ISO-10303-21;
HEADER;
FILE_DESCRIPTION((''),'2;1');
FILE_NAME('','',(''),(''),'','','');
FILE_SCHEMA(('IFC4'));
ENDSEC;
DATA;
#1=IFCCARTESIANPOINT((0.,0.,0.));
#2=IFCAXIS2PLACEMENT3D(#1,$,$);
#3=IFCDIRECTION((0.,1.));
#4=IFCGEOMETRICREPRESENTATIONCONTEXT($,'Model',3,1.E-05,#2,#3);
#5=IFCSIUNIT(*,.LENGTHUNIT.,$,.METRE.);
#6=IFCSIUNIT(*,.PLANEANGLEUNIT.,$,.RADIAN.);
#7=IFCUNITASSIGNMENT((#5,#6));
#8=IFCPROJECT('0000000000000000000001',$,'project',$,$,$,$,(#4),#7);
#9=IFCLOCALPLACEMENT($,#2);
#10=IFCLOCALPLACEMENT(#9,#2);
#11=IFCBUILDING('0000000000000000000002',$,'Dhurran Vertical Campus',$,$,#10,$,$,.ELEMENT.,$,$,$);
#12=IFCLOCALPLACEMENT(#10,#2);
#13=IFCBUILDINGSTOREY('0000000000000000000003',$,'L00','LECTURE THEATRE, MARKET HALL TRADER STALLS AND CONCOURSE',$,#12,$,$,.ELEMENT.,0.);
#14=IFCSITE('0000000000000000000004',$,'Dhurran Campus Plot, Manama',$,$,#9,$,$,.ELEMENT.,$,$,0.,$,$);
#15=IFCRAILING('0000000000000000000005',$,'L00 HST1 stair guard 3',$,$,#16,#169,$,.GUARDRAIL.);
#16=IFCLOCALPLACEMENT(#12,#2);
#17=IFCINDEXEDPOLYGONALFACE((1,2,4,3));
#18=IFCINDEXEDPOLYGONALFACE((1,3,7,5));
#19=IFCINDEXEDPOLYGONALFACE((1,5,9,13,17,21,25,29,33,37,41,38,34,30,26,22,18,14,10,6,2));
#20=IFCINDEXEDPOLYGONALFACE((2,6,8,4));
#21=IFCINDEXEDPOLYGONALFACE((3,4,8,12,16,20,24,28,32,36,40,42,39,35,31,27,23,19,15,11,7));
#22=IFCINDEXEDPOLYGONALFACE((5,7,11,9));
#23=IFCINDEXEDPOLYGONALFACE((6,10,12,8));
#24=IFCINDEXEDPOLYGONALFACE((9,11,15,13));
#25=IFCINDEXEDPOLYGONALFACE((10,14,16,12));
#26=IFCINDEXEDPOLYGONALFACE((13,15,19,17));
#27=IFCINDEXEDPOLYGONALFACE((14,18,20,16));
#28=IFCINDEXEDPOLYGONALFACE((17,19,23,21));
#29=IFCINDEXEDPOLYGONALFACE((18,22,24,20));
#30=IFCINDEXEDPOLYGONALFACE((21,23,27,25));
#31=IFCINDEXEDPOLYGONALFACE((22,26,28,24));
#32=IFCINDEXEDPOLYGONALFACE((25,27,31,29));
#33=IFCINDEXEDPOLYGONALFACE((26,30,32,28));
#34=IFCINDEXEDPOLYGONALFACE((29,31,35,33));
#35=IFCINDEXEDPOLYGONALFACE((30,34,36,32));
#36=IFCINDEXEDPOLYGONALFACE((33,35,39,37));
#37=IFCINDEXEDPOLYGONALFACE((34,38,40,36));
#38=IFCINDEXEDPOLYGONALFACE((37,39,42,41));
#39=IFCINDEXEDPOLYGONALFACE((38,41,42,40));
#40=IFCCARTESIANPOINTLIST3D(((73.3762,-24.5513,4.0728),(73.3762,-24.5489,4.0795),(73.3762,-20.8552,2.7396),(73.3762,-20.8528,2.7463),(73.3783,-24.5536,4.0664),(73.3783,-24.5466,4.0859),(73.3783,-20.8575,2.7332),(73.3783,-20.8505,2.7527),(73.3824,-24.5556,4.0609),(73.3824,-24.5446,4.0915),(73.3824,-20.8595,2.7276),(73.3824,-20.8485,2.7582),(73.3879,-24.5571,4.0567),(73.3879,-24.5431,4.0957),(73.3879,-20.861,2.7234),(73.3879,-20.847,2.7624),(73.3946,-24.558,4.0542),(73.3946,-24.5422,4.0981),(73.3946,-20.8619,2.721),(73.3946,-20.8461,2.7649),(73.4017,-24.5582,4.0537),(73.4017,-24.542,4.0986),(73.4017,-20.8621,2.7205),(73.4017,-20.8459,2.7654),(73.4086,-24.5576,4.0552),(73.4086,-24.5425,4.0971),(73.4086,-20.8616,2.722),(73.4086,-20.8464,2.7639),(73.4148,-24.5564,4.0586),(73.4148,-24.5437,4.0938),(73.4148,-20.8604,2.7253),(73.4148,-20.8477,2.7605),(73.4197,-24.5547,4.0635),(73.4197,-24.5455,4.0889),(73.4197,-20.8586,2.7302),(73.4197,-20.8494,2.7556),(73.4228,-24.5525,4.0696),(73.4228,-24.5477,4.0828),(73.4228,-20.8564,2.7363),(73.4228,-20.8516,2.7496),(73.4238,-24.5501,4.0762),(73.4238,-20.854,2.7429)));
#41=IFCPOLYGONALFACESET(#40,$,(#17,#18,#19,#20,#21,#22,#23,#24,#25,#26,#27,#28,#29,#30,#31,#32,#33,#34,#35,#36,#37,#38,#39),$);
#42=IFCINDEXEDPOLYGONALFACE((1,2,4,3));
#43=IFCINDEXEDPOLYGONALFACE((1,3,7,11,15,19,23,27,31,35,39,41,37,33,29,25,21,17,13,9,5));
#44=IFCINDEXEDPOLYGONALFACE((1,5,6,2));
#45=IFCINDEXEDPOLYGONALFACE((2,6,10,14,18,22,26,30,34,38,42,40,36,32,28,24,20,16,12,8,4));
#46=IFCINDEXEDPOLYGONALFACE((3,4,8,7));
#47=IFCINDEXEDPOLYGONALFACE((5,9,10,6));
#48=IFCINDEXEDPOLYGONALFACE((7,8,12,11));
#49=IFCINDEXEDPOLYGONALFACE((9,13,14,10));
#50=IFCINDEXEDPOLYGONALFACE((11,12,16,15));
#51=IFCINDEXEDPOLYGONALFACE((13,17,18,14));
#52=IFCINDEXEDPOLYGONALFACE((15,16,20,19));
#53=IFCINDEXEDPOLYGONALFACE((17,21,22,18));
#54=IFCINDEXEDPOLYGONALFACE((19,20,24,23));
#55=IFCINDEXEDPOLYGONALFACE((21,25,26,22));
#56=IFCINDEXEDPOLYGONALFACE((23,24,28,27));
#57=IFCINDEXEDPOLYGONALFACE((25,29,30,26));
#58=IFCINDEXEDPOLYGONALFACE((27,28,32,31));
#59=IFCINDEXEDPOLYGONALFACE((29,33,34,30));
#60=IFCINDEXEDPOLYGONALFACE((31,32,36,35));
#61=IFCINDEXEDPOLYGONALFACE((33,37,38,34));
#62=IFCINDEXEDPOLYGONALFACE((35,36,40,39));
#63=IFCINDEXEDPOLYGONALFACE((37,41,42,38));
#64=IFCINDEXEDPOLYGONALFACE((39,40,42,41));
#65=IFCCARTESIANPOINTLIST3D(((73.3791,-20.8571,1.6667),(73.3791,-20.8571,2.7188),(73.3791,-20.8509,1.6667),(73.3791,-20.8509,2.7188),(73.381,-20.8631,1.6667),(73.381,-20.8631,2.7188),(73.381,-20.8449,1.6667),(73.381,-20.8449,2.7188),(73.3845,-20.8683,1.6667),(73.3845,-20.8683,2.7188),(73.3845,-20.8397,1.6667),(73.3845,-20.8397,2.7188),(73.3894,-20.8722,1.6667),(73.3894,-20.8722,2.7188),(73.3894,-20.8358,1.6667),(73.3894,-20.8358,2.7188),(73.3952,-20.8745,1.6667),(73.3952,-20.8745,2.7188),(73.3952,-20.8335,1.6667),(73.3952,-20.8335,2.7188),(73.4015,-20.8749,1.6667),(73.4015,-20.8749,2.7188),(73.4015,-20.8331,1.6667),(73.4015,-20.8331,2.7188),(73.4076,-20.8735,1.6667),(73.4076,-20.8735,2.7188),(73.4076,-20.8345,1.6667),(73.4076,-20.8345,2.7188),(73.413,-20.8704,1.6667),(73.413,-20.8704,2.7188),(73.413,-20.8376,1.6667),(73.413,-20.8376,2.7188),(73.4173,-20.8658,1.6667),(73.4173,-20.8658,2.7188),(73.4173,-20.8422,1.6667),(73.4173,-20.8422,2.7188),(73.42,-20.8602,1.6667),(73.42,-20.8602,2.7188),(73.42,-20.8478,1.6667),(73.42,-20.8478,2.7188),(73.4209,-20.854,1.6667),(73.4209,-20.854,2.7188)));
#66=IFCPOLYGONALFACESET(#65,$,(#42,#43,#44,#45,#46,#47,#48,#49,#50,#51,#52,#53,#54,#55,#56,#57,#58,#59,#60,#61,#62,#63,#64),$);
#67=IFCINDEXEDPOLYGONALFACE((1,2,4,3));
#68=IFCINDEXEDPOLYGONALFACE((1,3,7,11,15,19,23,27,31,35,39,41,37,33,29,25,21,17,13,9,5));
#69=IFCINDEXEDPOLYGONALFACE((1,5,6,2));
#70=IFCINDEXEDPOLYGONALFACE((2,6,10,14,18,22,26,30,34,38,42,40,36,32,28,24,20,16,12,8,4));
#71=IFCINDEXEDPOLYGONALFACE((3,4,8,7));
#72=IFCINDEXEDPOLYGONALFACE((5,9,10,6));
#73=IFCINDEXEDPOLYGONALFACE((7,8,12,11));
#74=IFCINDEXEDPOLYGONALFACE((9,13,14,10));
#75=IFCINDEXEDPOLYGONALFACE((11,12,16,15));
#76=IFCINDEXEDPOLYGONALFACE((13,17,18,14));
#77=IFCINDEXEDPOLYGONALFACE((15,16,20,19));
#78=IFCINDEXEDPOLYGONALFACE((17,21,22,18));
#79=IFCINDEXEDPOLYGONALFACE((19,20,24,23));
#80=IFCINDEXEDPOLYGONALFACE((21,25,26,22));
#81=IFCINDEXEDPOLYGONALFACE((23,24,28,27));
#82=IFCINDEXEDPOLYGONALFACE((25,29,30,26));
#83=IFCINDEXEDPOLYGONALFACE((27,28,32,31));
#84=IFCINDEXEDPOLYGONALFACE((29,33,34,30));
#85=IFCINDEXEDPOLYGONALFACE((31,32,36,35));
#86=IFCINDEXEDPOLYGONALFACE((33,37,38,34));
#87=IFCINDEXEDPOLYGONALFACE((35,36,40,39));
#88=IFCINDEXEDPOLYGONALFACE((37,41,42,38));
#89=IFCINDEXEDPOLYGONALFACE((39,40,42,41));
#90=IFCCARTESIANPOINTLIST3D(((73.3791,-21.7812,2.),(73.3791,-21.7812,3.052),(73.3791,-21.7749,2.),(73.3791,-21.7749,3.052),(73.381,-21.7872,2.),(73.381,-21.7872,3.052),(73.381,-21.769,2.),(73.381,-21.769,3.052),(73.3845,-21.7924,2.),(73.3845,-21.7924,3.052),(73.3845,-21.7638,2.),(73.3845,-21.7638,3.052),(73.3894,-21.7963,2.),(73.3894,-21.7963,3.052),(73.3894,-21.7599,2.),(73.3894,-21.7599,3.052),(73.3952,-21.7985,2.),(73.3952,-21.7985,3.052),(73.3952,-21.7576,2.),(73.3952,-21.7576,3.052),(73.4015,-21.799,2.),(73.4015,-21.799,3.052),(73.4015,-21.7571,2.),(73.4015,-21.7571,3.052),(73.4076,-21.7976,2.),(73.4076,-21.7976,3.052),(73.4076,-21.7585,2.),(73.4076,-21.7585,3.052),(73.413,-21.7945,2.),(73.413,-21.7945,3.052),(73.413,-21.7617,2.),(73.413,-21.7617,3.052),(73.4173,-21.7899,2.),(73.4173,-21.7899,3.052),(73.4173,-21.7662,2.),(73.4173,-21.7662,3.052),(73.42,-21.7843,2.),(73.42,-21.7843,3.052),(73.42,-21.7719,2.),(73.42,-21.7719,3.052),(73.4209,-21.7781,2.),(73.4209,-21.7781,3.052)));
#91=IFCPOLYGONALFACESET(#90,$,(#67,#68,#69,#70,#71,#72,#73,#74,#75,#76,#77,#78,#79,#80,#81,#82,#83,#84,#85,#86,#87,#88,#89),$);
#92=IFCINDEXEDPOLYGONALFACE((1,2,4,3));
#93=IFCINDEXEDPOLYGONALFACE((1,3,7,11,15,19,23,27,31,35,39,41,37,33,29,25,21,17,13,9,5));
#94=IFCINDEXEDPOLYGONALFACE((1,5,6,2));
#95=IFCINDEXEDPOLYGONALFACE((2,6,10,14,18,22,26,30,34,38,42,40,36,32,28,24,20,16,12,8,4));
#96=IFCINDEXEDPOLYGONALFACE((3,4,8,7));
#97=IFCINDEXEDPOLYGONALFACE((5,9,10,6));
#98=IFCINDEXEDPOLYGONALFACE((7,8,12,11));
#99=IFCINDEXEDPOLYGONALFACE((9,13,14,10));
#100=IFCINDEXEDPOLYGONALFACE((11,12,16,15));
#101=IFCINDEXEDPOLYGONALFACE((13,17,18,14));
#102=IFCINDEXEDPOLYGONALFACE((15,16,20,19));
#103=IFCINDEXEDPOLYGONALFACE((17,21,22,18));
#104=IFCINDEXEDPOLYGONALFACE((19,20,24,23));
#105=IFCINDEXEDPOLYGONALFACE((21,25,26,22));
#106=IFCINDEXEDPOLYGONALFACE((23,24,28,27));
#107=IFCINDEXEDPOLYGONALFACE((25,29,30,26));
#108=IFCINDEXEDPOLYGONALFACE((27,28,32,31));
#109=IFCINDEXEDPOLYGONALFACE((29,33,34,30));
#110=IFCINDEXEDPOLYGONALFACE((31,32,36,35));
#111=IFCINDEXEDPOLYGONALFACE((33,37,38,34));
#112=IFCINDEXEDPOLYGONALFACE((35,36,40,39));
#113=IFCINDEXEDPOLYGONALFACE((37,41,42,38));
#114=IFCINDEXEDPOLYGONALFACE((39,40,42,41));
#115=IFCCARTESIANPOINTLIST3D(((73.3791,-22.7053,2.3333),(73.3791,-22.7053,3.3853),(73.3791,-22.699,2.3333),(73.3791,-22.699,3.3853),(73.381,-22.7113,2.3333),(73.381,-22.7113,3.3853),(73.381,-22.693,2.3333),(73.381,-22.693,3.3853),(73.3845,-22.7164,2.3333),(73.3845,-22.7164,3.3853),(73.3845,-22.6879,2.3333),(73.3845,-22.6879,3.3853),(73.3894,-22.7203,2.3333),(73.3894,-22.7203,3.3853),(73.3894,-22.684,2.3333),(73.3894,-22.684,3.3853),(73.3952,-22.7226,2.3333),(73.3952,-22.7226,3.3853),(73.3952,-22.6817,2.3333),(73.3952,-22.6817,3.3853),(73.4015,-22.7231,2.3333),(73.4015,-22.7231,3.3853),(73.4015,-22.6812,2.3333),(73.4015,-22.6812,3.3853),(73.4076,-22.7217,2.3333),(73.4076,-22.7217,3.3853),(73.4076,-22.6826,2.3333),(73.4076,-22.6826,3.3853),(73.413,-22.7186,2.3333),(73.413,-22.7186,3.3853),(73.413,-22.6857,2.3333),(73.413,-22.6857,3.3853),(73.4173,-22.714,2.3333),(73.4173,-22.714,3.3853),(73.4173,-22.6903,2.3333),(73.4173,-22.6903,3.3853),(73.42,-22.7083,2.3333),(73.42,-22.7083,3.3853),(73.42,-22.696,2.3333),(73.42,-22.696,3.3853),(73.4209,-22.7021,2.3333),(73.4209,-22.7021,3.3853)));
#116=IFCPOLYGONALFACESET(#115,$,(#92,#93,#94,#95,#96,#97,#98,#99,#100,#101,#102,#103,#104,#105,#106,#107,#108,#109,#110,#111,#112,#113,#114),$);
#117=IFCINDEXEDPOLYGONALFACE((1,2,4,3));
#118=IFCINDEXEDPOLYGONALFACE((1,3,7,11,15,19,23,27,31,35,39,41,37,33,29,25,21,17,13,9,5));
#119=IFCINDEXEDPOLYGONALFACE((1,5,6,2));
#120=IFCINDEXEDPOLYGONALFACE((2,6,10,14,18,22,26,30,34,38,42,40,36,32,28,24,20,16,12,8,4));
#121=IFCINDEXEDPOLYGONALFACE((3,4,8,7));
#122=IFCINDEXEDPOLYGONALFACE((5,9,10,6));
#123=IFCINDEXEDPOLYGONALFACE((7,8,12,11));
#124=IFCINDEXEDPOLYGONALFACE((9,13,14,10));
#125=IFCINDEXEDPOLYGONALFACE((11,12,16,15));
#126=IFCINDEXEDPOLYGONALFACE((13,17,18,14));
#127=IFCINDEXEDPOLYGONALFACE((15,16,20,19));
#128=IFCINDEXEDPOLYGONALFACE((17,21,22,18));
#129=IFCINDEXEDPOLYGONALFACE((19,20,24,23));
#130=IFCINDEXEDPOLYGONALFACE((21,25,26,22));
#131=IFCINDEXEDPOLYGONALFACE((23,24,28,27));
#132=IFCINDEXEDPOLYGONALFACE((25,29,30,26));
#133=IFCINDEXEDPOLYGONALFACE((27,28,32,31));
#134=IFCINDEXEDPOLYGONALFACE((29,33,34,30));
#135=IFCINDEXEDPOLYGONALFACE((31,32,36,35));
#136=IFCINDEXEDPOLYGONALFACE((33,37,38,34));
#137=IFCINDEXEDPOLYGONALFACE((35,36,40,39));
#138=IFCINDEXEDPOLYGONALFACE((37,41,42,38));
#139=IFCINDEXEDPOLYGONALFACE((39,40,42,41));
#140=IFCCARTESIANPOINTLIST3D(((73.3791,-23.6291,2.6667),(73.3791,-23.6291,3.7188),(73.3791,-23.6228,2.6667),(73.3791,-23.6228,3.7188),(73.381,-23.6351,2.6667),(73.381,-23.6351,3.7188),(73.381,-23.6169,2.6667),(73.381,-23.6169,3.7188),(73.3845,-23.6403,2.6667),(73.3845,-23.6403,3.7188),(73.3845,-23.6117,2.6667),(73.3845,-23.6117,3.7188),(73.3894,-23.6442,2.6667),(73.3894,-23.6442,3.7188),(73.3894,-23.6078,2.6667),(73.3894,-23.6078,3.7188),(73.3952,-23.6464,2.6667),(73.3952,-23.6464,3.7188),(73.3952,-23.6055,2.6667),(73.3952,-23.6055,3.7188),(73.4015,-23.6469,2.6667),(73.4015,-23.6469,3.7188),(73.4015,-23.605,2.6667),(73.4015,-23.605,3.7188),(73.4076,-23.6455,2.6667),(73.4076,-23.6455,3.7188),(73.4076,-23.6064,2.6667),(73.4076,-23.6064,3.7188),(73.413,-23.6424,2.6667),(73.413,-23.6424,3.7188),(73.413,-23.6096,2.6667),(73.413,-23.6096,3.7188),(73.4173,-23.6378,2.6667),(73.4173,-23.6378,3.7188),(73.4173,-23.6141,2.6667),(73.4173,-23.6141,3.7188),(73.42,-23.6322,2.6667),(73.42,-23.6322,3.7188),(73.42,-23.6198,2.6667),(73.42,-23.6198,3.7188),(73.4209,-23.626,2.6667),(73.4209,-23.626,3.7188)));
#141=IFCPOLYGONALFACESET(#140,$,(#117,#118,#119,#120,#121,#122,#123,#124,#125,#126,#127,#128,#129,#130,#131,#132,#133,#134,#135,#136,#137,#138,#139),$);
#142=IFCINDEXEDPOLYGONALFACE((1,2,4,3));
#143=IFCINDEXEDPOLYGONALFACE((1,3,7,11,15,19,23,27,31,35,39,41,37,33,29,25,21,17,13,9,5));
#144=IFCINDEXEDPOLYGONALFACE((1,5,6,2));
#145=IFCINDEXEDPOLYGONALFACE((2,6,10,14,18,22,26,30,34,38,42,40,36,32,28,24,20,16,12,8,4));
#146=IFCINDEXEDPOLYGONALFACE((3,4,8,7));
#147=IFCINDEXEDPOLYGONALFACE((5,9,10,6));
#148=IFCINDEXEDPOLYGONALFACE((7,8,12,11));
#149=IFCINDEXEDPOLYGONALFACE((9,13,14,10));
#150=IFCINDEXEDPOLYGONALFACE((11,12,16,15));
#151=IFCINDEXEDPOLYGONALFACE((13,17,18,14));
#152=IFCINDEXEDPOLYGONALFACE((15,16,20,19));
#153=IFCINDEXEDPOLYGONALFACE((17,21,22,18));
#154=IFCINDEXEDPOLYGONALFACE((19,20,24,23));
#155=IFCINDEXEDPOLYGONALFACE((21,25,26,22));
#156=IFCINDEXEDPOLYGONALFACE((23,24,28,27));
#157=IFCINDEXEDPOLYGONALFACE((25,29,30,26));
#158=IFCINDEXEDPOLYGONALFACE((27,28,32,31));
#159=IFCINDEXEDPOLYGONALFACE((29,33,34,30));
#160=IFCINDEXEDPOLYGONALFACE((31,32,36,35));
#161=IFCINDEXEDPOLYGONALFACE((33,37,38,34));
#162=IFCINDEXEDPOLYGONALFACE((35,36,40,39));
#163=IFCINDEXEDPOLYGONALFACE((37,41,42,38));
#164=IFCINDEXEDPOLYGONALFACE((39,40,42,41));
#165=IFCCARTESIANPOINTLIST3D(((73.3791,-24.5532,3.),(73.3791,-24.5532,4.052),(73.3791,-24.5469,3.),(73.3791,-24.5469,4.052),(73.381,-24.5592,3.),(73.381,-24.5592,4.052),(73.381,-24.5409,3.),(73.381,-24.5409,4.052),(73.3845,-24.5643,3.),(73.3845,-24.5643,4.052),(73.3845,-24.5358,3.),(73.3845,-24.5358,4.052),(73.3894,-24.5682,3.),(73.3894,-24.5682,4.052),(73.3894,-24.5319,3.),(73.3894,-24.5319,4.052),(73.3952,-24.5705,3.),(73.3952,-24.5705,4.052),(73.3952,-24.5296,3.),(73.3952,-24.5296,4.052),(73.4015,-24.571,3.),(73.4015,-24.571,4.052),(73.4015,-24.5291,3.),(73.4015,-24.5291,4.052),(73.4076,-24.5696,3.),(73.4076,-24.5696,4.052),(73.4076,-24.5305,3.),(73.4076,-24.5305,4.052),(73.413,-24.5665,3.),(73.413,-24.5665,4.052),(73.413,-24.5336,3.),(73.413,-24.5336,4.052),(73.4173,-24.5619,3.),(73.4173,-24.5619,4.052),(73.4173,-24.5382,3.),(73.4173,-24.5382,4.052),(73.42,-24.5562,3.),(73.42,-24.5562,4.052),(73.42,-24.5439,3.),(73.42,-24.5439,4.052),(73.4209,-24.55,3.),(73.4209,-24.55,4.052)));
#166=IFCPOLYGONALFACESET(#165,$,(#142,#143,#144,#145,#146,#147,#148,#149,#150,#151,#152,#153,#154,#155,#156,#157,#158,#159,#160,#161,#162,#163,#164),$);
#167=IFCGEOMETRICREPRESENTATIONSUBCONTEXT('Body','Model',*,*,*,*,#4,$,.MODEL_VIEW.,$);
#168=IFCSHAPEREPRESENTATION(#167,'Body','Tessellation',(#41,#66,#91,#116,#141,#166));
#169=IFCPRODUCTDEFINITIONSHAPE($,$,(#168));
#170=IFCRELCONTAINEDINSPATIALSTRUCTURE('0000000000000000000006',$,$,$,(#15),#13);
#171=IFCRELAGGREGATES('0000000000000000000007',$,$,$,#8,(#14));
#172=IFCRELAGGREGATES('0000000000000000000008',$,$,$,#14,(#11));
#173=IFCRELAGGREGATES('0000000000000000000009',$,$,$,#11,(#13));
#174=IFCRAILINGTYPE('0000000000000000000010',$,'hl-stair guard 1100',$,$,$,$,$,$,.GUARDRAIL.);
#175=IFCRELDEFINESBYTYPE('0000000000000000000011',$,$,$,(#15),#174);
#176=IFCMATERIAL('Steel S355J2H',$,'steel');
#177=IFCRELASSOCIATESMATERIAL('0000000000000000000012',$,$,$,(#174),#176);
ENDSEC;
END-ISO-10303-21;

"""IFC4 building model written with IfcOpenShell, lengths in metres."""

from ifc_helpers import new_model, si_unit, direction, frame, origin, origin_2d, place, context, subcontext, project, spatial, circle, extrude, material, type_object, element, save


model = new_model("IFC4")

# Units and contexts
model_context = context("Model", 3, precision=1e-05, world=origin(), true_north=direction((0.0, 1.0)))
body_context = subcontext(model_context, "Body", "Model", "MODEL_VIEW")
ifc_project = project(units=[si_unit("LENGTHUNIT", "METRE"), si_unit("PLANEANGLEUNIT", "RADIAN")], contexts=[model_context])

# Site, building, storey
site_placement = place(None, origin())
site = spatial("IfcSite", under=ifc_project, at=site_placement, Name="Dhurran Campus Plot, Manama", CompositionType="ELEMENT", RefElevation=0.0)
building_placement = place(site_placement, origin())
building = spatial("IfcBuilding", under=site, at=building_placement, Name="Dhurran Vertical Campus", CompositionType="ELEMENT")
storey_placement = place(building_placement, origin())
storey = spatial("IfcBuildingStorey", under=building, at=storey_placement, Name="L00", Description="LECTURE THEATRE, MARKET HALL TRADER STALLS AND CONCOURSE", CompositionType="ELEMENT", Elevation=0.0)

# Railing
ifc_material_1 = material(Name="Steel S355J2H", Category="steel")
railing_type_1 = type_object("IfcRailingType", Name="hl-stair guard 1100", PredefinedType="GUARDRAIL", material=ifc_material_1)
railing_1_placement = place(storey_placement, frame((73.3999, -20.854, 1.6667)))
element("IfcRailing", 1, at=railing_1_placement, inside=storey, type_object=railing_type_1, Name="L00 HST1 stair guard 3", PredefinedType="GUARDRAIL", context=body_context, shape_type="SweptSolid", body=[
    extrude(circle(Radius=0.0239, at=origin_2d()), frame((0.0, 0.0, 1.0762), z_axis=(0.0, -0.94067, 0.339322), x_axis=(1.0, 0.0, 0.0)), (0.0, 0.0, 1.0), 3.9292),
    extrude(circle(Radius=0.021, at=origin_2d()), origin(), (0.0, 0.0, 1.0), 1.052),
    extrude(circle(Radius=0.021, at=origin_2d()), frame((0.0, -0.9241, 0.3333)), (0.0, 0.0, 1.0), 1.052),
    extrude(circle(Radius=0.021, at=origin_2d()), frame((0.0, -1.8481, 0.6665)), (0.0, 0.0, 1.0), 1.052),
    extrude(circle(Radius=0.021, at=origin_2d()), frame((0.0, -2.772, 1.0)), (0.0, 0.0, 1.0), 1.052),
    extrude(circle(Radius=0.021, at=origin_2d()), frame((0.0, -3.696, 1.3333)), (0.0, 0.0, 1.0), 1.052),
])

save(model, "model.ifc")
